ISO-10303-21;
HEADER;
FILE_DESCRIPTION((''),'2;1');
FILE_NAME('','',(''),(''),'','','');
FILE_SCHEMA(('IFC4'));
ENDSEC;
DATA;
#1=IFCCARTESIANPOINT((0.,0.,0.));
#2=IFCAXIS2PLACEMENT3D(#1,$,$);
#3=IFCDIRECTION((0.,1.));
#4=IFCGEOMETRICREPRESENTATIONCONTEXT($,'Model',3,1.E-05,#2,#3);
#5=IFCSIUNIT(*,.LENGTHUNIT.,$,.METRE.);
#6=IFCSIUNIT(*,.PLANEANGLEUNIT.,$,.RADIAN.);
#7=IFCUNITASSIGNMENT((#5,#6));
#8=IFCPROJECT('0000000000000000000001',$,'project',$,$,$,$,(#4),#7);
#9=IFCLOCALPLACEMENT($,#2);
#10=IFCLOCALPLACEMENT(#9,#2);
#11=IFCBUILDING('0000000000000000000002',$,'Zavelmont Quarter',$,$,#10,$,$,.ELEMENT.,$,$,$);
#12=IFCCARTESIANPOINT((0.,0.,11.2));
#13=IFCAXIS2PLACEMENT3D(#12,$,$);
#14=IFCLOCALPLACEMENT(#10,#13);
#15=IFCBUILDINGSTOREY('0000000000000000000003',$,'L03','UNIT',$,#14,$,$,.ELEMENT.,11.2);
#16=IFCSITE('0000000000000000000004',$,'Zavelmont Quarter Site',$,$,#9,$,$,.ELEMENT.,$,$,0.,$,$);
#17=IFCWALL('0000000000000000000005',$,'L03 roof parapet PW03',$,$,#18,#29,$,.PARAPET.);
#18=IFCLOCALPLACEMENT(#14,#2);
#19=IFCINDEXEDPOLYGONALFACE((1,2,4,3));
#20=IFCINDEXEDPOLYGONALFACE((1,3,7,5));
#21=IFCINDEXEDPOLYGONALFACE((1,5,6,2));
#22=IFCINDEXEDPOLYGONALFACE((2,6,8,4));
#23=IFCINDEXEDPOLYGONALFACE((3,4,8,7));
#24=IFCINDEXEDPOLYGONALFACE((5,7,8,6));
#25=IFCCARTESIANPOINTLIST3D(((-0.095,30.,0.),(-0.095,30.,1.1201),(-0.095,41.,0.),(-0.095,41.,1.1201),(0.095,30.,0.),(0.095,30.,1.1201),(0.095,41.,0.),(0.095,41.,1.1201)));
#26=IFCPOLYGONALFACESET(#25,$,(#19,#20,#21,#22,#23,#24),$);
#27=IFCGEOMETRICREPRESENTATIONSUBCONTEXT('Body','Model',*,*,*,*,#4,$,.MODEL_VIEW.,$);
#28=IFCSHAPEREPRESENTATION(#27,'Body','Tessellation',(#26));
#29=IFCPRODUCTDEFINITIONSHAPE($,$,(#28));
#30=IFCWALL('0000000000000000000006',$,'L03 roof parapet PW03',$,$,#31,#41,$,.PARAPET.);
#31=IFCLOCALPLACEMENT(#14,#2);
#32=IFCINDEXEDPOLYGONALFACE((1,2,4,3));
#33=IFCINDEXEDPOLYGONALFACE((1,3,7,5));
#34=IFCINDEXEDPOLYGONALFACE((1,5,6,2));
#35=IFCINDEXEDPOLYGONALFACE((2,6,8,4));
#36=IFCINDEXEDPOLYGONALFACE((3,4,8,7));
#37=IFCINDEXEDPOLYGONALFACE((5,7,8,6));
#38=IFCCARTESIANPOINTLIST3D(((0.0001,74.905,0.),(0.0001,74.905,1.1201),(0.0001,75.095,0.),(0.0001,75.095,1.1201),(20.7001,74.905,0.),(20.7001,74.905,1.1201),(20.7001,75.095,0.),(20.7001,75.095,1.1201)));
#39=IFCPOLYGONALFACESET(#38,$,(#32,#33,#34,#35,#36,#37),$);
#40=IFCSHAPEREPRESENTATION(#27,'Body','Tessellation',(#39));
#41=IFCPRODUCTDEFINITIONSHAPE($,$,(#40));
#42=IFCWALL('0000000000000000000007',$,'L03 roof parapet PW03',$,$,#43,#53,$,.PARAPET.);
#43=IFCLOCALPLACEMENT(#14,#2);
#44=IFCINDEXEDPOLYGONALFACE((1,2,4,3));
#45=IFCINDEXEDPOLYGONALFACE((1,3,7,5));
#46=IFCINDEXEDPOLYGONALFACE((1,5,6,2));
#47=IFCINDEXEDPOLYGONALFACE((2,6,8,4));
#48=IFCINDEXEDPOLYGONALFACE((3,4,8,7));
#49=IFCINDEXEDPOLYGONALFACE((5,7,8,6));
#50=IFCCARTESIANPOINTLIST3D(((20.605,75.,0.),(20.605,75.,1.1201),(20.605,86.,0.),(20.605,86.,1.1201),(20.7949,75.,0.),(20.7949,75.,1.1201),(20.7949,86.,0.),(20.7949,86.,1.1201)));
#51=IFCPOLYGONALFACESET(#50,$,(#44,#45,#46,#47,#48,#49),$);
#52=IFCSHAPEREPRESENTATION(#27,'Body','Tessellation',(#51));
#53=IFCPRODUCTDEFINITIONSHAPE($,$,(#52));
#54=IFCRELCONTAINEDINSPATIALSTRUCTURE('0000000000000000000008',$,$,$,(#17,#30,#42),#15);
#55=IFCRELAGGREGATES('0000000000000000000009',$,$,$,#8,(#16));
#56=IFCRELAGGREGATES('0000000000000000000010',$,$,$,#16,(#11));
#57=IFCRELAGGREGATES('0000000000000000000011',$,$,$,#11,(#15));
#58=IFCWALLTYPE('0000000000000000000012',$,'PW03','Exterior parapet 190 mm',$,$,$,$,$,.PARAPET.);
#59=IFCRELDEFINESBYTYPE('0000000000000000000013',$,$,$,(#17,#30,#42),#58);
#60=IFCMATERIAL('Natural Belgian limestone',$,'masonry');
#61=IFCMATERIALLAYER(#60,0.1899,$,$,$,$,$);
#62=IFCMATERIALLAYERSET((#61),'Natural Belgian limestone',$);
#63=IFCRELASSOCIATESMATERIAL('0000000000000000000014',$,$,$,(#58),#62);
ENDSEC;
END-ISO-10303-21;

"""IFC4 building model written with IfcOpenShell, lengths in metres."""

from ifc_helpers import new_model, si_unit, direction, frame, frame_2d, origin, place, context, subcontext, project, spatial, rectangle, extrude, material, layer, layer_set, type_object, element, save


model = new_model("IFC4")

# Units and contexts
model_context = context("Model", 3, precision=1e-05, world=origin(), true_north=direction((0.0, 1.0)))
body_context = subcontext(model_context, "Body", "Model", "MODEL_VIEW")
ifc_project = project(units=[si_unit("LENGTHUNIT", "METRE"), si_unit("PLANEANGLEUNIT", "RADIAN")], contexts=[model_context])

# Site, building, storey
site_placement = place(None, origin())
site = spatial("IfcSite", under=ifc_project, at=site_placement, Name="Zavelmont Quarter Site", CompositionType="ELEMENT", RefElevation=0.0)
building_placement = place(site_placement, origin())
building = spatial("IfcBuilding", under=site, at=building_placement, Name="Zavelmont Quarter", CompositionType="ELEMENT")
storey_placement = place(building_placement, frame((0.0, 0.0, 11.2)))
storey = spatial("IfcBuildingStorey", under=building, at=storey_placement, Name="L03", Description="UNIT", CompositionType="ELEMENT", Elevation=11.2)

# Walls
ifc_material_1 = material(Name="Natural Belgian limestone", Category="masonry")
ifc_layer_1 = layer(ifc_material_1, 0.1899)
ifc_layer_set_1 = layer_set([ifc_layer_1], Name="Natural Belgian limestone")
wall_type = type_object("IfcWallType", Name="PW03", Description="Exterior parapet 190 mm", PredefinedType="PARAPET", material=ifc_layer_set_1)
wall_1_placement = place(storey_placement, frame((0.0, 41.0, 0.0), z_axis=(0.0, 0.0, 1.0), x_axis=(0.0, -1.0, 0.0)))
element("IfcWall", 1, at=wall_1_placement, inside=storey, type_object=wall_type, Name="L03 roof parapet PW03", PredefinedType="PARAPET", context=body_context, shape_type="SweptSolid", body=[
    extrude(rectangle(XDim=11.0, YDim=0.1899, at=frame_2d((5.5, 0.0))), origin(), (0.0, 0.0, 1.0), 1.1201),
])
wall_2_placement = place(storey_placement, frame((0.0, 75.0, 0.0), z_axis=(0.0, 0.0, 1.0), x_axis=(1.0, 0.0, 0.0)))
element("IfcWall", 2, at=wall_2_placement, inside=storey, type_object=wall_type, Name="L03 roof parapet PW03", PredefinedType="PARAPET", context=body_context, shape_type="SweptSolid", body=[
    extrude(rectangle(XDim=20.7, YDim=0.1899, at=frame_2d((10.3501, 0.0))), origin(), (0.0, 0.0, 1.0), 1.1201),
])
wall_3_placement = place(storey_placement, frame((20.7, 75.0, 0.0), z_axis=(0.0, 0.0, 1.0), x_axis=(0.0, 1.0, 0.0)))
element("IfcWall", 3, at=wall_3_placement, inside=storey, type_object=wall_type, Name="L03 roof parapet PW03", PredefinedType="PARAPET", context=body_context, shape_type="SweptSolid", body=[
    extrude(rectangle(XDim=11.0, YDim=0.1899, at=frame_2d((5.5, 0.0))), origin(), (0.0, 0.0, 1.0), 1.1201),
])

save(model, "model.ifc")
